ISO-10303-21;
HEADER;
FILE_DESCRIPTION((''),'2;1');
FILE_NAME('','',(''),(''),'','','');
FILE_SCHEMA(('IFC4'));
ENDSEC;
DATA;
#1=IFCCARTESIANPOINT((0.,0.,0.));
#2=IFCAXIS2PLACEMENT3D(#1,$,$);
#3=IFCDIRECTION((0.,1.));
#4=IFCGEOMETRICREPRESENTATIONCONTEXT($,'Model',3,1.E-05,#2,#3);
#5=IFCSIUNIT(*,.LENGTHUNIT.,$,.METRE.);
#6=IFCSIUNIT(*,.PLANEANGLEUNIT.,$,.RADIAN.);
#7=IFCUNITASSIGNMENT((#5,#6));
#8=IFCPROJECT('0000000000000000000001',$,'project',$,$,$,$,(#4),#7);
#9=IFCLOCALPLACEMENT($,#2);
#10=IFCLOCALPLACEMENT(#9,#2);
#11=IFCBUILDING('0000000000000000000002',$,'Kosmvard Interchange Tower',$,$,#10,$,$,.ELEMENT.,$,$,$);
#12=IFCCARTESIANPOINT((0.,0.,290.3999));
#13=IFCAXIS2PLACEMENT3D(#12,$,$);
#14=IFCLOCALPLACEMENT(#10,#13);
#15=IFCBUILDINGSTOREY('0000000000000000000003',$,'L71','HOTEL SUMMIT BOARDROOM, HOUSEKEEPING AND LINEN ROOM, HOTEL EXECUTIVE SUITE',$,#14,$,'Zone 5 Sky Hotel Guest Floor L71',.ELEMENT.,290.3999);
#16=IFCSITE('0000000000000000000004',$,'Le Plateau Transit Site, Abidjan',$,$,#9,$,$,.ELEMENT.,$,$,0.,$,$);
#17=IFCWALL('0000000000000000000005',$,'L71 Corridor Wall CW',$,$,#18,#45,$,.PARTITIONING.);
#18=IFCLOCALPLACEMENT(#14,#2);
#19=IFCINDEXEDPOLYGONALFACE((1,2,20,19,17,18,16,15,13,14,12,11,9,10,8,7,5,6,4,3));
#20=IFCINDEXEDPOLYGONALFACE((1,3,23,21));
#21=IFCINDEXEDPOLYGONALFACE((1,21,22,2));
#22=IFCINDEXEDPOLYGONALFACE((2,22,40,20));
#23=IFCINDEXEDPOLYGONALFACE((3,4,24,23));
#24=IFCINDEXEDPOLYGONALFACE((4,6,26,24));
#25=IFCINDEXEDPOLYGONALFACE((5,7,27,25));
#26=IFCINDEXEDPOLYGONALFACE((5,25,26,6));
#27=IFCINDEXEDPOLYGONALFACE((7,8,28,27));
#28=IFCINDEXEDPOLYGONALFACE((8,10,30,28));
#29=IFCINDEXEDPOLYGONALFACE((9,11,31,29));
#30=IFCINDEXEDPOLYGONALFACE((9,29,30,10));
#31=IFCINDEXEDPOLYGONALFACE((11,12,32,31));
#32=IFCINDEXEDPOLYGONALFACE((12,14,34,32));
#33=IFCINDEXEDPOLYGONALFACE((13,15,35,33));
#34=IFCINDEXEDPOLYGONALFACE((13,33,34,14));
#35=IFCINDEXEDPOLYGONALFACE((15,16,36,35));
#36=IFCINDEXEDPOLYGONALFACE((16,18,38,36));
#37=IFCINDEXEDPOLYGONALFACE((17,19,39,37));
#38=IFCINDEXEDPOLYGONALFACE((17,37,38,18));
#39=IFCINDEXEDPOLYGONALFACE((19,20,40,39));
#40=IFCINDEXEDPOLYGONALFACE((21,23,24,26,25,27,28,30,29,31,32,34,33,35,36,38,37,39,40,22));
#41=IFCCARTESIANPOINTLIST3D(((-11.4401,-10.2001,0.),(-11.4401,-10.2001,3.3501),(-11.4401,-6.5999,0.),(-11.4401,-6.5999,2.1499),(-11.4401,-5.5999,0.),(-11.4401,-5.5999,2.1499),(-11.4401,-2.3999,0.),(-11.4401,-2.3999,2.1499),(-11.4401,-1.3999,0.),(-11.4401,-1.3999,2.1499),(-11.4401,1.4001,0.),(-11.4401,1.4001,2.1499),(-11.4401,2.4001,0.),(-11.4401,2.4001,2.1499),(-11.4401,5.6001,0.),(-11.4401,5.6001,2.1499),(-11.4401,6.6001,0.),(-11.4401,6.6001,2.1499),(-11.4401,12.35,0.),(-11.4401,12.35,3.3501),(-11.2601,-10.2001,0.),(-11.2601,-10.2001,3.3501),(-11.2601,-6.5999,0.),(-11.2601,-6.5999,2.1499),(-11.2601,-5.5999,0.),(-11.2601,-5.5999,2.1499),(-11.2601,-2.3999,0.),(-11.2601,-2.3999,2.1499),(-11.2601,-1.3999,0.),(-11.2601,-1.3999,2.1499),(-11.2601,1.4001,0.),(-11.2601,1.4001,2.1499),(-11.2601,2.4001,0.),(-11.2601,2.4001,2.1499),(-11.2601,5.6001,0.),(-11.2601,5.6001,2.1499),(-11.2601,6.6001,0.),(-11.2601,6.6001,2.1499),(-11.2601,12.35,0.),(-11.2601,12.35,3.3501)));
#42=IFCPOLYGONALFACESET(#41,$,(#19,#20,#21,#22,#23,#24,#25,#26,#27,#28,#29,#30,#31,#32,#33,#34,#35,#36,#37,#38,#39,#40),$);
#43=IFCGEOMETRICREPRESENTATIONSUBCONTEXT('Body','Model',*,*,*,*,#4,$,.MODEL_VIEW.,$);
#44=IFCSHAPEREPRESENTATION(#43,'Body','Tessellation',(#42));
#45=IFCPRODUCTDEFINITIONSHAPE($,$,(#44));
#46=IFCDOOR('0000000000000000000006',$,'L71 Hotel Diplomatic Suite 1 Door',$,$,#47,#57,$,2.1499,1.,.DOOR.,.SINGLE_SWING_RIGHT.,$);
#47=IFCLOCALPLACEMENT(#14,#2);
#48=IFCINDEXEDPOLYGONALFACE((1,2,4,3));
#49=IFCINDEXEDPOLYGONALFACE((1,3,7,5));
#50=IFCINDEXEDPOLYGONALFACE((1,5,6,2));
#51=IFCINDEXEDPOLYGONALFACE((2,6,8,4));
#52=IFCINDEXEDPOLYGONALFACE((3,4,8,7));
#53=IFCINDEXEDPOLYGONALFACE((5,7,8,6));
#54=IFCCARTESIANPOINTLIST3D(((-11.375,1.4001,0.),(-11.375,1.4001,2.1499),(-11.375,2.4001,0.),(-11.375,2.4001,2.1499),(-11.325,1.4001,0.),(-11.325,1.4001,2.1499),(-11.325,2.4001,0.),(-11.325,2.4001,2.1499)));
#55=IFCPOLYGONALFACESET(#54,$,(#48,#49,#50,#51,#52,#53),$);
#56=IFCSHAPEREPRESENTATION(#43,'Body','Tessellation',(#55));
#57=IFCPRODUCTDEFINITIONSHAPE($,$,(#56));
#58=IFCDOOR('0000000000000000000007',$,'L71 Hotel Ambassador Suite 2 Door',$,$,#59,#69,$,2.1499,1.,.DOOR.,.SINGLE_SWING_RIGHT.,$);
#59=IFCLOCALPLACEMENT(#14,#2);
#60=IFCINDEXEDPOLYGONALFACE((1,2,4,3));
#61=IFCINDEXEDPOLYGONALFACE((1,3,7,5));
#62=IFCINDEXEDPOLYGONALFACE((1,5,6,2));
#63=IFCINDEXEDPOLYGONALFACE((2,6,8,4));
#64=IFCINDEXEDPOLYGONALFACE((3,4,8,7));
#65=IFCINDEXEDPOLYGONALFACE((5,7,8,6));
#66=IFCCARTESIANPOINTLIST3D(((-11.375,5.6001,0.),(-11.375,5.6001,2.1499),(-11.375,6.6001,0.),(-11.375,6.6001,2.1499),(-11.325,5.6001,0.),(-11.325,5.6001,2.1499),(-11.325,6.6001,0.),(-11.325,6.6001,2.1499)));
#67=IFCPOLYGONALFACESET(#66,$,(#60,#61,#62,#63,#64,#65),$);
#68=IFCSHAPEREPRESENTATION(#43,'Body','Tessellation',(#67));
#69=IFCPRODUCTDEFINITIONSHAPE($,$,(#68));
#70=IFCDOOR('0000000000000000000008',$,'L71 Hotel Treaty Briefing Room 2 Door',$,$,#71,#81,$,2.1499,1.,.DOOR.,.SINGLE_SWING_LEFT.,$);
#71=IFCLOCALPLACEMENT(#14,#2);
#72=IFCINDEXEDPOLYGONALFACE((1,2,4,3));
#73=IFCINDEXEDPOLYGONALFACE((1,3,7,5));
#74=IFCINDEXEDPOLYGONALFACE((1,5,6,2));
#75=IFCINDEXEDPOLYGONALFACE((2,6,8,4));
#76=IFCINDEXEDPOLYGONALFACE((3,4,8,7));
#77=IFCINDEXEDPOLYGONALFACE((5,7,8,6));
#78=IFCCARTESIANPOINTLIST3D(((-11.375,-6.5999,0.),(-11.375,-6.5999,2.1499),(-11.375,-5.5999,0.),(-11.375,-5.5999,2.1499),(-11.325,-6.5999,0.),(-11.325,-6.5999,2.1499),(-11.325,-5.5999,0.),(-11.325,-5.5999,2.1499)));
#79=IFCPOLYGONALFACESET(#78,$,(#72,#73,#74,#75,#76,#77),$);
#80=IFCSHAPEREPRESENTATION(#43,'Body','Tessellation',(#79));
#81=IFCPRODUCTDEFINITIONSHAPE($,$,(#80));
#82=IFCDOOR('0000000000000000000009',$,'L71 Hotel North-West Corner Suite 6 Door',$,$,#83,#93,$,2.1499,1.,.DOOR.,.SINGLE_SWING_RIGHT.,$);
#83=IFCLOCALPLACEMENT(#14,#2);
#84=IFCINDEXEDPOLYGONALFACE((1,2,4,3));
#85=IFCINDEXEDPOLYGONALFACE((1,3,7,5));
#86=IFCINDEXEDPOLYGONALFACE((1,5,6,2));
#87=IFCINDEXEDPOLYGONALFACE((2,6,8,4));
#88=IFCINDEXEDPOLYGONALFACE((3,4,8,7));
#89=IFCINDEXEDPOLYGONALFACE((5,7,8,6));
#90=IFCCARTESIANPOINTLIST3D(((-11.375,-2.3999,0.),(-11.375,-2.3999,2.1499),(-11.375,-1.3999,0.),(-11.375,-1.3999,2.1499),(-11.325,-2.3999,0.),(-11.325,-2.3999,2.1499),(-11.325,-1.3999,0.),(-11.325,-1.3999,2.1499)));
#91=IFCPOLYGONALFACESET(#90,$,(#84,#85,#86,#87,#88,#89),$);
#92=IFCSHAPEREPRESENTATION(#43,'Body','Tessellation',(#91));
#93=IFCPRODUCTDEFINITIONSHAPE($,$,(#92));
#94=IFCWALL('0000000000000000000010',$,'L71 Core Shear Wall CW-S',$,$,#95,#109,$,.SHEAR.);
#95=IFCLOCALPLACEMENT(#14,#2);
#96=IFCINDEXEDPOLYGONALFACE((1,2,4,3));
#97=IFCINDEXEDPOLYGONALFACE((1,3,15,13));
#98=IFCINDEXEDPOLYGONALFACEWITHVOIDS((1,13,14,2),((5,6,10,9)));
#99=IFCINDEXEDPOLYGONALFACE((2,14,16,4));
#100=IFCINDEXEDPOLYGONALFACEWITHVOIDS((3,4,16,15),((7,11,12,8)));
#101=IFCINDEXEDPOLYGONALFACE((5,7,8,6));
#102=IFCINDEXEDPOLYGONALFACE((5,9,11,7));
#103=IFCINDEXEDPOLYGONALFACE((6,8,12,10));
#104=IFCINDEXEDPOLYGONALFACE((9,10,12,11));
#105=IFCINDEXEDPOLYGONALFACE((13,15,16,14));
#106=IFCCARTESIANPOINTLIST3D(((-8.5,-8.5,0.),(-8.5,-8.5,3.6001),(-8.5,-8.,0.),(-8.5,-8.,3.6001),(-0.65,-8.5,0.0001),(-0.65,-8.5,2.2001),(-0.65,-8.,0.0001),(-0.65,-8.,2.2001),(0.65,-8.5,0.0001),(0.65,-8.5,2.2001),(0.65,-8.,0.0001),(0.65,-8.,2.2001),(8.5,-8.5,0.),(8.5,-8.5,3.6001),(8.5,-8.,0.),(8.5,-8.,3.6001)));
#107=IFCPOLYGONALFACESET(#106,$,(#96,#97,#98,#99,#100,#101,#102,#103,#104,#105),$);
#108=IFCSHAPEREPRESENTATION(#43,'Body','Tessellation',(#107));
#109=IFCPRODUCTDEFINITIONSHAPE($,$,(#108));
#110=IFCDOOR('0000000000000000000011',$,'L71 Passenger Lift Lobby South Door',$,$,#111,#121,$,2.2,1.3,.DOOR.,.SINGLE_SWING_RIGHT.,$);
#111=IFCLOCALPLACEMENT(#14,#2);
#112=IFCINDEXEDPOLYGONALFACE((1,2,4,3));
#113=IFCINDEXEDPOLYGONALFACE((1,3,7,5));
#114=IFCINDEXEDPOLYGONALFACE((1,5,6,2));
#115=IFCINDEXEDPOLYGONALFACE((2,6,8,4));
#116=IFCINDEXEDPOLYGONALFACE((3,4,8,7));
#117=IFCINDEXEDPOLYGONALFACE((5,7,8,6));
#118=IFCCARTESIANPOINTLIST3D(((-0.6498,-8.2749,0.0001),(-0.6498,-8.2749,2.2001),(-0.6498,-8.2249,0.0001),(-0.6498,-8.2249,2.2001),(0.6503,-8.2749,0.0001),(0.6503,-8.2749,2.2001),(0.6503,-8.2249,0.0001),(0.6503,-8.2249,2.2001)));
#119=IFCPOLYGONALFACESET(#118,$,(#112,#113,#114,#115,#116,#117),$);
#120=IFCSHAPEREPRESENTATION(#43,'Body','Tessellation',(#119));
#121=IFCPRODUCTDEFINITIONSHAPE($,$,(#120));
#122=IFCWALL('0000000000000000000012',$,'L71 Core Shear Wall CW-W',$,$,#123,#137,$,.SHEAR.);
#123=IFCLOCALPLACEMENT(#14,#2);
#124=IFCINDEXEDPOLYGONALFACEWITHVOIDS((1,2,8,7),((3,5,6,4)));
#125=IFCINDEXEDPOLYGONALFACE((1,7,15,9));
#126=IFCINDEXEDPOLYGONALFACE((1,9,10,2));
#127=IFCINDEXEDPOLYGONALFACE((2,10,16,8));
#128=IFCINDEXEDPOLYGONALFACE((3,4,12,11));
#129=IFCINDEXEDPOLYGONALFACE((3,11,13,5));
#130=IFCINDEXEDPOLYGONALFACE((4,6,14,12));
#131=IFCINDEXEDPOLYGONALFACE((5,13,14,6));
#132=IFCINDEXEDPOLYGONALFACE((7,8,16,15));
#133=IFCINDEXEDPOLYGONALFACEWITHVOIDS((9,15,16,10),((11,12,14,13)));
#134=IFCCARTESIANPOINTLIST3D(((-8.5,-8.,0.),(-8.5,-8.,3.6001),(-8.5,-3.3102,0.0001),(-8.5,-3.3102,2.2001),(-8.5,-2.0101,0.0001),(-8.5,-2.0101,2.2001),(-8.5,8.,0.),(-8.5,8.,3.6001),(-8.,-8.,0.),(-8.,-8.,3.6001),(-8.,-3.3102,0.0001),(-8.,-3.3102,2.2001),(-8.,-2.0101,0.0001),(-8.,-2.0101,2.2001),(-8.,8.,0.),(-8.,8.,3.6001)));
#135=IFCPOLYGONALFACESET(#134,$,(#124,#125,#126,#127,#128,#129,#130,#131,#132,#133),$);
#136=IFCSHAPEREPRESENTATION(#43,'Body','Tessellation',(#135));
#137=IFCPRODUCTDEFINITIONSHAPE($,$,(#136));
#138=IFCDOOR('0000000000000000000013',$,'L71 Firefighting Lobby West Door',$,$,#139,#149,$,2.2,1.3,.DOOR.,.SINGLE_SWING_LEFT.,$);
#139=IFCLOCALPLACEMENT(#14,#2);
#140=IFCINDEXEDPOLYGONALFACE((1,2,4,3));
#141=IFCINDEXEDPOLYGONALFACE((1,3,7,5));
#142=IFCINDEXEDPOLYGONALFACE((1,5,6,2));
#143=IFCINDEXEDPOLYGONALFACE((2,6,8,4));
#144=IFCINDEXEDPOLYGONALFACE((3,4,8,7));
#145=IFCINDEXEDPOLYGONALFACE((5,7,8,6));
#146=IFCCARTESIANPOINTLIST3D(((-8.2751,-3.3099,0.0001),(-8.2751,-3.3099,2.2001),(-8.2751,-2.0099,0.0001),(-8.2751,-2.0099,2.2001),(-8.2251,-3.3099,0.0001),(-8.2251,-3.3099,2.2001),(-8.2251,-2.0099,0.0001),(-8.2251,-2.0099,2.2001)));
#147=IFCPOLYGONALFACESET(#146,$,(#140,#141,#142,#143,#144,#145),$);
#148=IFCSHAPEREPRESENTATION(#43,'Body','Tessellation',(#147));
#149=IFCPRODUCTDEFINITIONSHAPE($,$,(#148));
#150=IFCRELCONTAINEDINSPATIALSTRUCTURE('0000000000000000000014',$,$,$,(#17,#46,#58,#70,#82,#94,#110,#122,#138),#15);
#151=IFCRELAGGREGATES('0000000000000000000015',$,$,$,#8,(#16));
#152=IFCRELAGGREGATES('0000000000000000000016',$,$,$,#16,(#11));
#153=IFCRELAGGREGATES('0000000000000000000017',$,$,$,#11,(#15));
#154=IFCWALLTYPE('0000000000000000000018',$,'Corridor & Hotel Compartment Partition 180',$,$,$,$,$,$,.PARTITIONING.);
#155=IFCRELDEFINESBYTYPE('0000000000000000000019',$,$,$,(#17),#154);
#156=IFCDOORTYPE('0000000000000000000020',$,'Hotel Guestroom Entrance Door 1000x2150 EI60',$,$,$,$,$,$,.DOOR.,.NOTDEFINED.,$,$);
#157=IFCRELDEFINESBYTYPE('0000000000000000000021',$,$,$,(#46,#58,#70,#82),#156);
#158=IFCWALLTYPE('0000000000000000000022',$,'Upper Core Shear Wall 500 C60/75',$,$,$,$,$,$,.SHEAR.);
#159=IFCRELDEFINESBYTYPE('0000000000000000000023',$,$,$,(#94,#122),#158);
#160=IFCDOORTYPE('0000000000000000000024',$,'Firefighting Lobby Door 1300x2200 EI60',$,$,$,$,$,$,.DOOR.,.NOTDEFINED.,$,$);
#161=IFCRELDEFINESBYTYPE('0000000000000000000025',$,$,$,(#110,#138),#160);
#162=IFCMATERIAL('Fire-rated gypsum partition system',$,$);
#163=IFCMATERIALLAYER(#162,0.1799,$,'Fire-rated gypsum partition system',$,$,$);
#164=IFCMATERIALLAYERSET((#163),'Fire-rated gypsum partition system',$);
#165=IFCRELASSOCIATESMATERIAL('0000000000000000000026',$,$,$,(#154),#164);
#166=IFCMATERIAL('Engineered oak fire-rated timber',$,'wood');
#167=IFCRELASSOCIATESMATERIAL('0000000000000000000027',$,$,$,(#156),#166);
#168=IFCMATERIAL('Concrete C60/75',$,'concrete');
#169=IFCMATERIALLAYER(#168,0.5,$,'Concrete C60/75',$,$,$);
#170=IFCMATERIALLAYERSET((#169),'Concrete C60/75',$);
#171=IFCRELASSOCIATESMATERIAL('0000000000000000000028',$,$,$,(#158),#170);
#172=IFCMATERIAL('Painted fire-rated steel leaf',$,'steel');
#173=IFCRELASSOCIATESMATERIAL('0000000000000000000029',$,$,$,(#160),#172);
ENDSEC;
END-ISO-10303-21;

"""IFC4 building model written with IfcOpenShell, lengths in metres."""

from ifc_helpers import new_model, si_unit, direction, frame, frame_2d, origin, place, context, subcontext, project, spatial, rectangle, extrude, source, transform, mapped, material, layer, layer_set, type_object, element, fill, save


model = new_model("IFC4")

# Units and contexts
model_context = context("Model", 3, precision=1e-05, world=origin(), true_north=direction((0.0, 1.0)))
body_context = subcontext(model_context, "Body", "Model", "MODEL_VIEW")
ifc_project = project(units=[si_unit("LENGTHUNIT", "METRE"), si_unit("PLANEANGLEUNIT", "RADIAN")], contexts=[model_context])

# Site, building, storey
site_placement = place(None, origin())
site = spatial("IfcSite", under=ifc_project, at=site_placement, Name="Le Plateau Transit Site, Abidjan", CompositionType="ELEMENT", RefElevation=0.0)
building_placement = place(site_placement, origin())
building = spatial("IfcBuilding", under=site, at=building_placement, Name="Kosmvard Interchange Tower", CompositionType="ELEMENT")
storey_placement = place(building_placement, frame((0.0, 0.0, 290.3999)))
storey = spatial("IfcBuildingStorey", under=building, at=storey_placement, Name="L71", Description="HOTEL SUMMIT BOARDROOM, HOUSEKEEPING AND LINEN ROOM, HOTEL EXECUTIVE SUITE", LongName="Zone 5 Sky Hotel Guest Floor L71", CompositionType="ELEMENT", Elevation=290.3999)

# Wall, openings, doors
ifc_material_1 = material(Name="Fire-rated gypsum partition system")
ifc_layer_1 = layer(ifc_material_1, 0.1799, Name="Fire-rated gypsum partition system")
ifc_layer_set_1 = layer_set([ifc_layer_1], Name="Fire-rated gypsum partition system")
wall_type_1 = type_object("IfcWallType", Name="Corridor & Hotel Compartment Partition 180", PredefinedType="PARTITIONING", material=ifc_layer_set_1)
ifc_material_2 = material(Name="Engineered oak fire-rated timber", Category="wood")
door_type_1 = type_object("IfcDoorType", Name="Hotel Guestroom Entrance Door 1000x2150 EI60", OperationType="NOTDEFINED", PredefinedType="DOOR", material=ifc_material_2)
shared_shape_1 = source(origin(), body_context, "Body", "SweptSolid", [
    extrude(rectangle(XDim=1.0, YDim=2.1499, at=frame_2d((0.5, 1.075))), frame((0.0, 0.0249, 0.0), z_axis=(0.0, -1.0, 0.0), x_axis=(1.0, 0.0, 0.0)), (0.0, 0.0, 1.0), 0.05),
])
wall_1_placement = place(storey_placement, frame((-11.3501, -10.2, 0.0), z_axis=(0.0, 0.0, 1.0), x_axis=(0.0, 1.0, 0.0)))
wall_1 = element("IfcWall", 1, at=wall_1_placement, inside=storey, type_object=wall_type_1, Name="L71 Corridor Wall CW", PredefinedType="PARTITIONING", context=body_context, shape_type="SweptSolid", body=[
    extrude(rectangle(XDim=22.55, YDim=0.1799, at=frame_2d((11.2749, 0.0))), origin(), (0.0, 0.0, 1.0), 3.3501),
])
opening_1_placement = place(wall_1_placement, frame((11.6001, 0.0, 0.0)))
opening_1 = element("IfcOpeningElement", 2, at=opening_1_placement, cuts=wall_1, PredefinedType="OPENING", context=body_context, shape_type="SweptSolid", body=[
    extrude(rectangle(XDim=1.0, YDim=2.1499, at=frame_2d((0.5, 1.075))), frame((0.0, 0.1001, 0.0), z_axis=(0.0, -1.0, 0.0), x_axis=(1.0, 0.0, 0.0)), (0.0, 0.0, 1.0), 0.2),
])
opening_2_placement = place(wall_1_placement, frame((15.8, 0.0, 0.0)))
opening_2 = element("IfcOpeningElement", 3, at=opening_2_placement, cuts=wall_1, PredefinedType="OPENING", context=body_context, shape_type="SweptSolid", body=[
    extrude(rectangle(XDim=1.0, YDim=2.1499, at=frame_2d((0.5, 1.075))), frame((0.0, 0.1001, 0.0), z_axis=(0.0, -1.0, 0.0), x_axis=(1.0, 0.0, 0.0)), (0.0, 0.0, 1.0), 0.2),
])
opening_3_placement = place(wall_1_placement, frame((3.6001, 0.0, 0.0)))
opening_3 = element("IfcOpeningElement", 4, at=opening_3_placement, cuts=wall_1, PredefinedType="OPENING", context=body_context, shape_type="SweptSolid", body=[
    extrude(rectangle(XDim=1.0, YDim=2.1499, at=frame_2d((0.5, 1.075))), frame((0.0, 0.1001, 0.0), z_axis=(0.0, -1.0, 0.0), x_axis=(1.0, 0.0, 0.0)), (0.0, 0.0, 1.0), 0.2),
])
opening_4_placement = place(wall_1_placement, frame((7.8, 0.0, 0.0)))
opening_4 = element("IfcOpeningElement", 5, at=opening_4_placement, cuts=wall_1, PredefinedType="OPENING", context=body_context, shape_type="SweptSolid", body=[
    extrude(rectangle(XDim=1.0, YDim=2.1499, at=frame_2d((0.5, 1.075))), frame((0.0, 0.1001, 0.0), z_axis=(0.0, -1.0, 0.0), x_axis=(1.0, 0.0, 0.0)), (0.0, 0.0, 1.0), 0.2),
])
door_1_placement = place(opening_1_placement, origin())
door_1 = element("IfcDoor", 6, at=door_1_placement, inside=storey, type_object=door_type_1, Name="L71 Hotel Diplomatic Suite 1 Door", OperationType="SINGLE_SWING_RIGHT", OverallHeight=2.1499, OverallWidth=1.0, PredefinedType="DOOR", context=body_context, shape_type="MappedRepresentation", body=[
    mapped(shared_shape_1, transform((0.0, 0.0, 0.0), scale=1.0)),
])
fill(opening_1, door_1)
door_2_placement = place(opening_2_placement, origin())
door_2 = element("IfcDoor", 7, at=door_2_placement, inside=storey, type_object=door_type_1, Name="L71 Hotel Ambassador Suite 2 Door", OperationType="SINGLE_SWING_RIGHT", OverallHeight=2.1499, OverallWidth=1.0, PredefinedType="DOOR", context=body_context, shape_type="MappedRepresentation", body=[
    mapped(shared_shape_1, transform((0.0, 0.0, 0.0), scale=1.0)),
])
fill(opening_2, door_2)
door_3_placement = place(opening_3_placement, origin())
door_3 = element("IfcDoor", 8, at=door_3_placement, inside=storey, type_object=door_type_1, Name="L71 Hotel Treaty Briefing Room 2 Door", OperationType="SINGLE_SWING_LEFT", OverallHeight=2.1499, OverallWidth=1.0, PredefinedType="DOOR", context=body_context, shape_type="MappedRepresentation", body=[
    mapped(shared_shape_1, transform((0.0, 0.0, 0.0), scale=1.0)),
])
fill(opening_3, door_3)
door_4_placement = place(opening_4_placement, origin())
door_4 = element("IfcDoor", 9, at=door_4_placement, inside=storey, type_object=door_type_1, Name="L71 Hotel North-West Corner Suite 6 Door", OperationType="SINGLE_SWING_RIGHT", OverallHeight=2.1499, OverallWidth=1.0, PredefinedType="DOOR", context=body_context, shape_type="MappedRepresentation", body=[
    mapped(shared_shape_1, transform((0.0, 0.0, 0.0), scale=1.0)),
])
fill(opening_4, door_4)

# Walls, openings, doors
ifc_material_3 = material(Name="Concrete C60/75", Category="concrete")
ifc_layer_2 = layer(ifc_material_3, 0.5, Name="Concrete C60/75")
ifc_layer_set_2 = layer_set([ifc_layer_2], Name="Concrete C60/75")
wall_type_2 = type_object("IfcWallType", Name="Upper Core Shear Wall 500 C60/75", PredefinedType="SHEAR", material=ifc_layer_set_2)
wall_2_placement = place(storey_placement, frame((-8.5, -8.25, 0.0), z_axis=(0.0, 0.0, 1.0), x_axis=(1.0, 0.0, 0.0)))
wall_2 = element("IfcWall", 10, at=wall_2_placement, inside=storey, type_object=wall_type_2, Name="L71 Core Shear Wall CW-S", PredefinedType="SHEAR", context=body_context, shape_type="SweptSolid", body=[
    extrude(rectangle(XDim=17.0, YDim=0.5, at=frame_2d((8.5, 0.0))), origin(), (0.0, 0.0, 1.0), 3.6001),
])
opening_5_placement = place(wall_2_placement, frame((7.8501, 0.0, 0.0)))
opening_5 = element("IfcOpeningElement", 11, at=opening_5_placement, cuts=wall_2, PredefinedType="OPENING", context=body_context, shape_type="SweptSolid", body=[
    extrude(rectangle(XDim=1.3, YDim=2.2, at=frame_2d((0.6499, 1.1001))), frame((0.0, 0.26, 0.0), z_axis=(0.0, -1.0, 0.0), x_axis=(1.0, 0.0, 0.0)), (0.0, 0.0, 1.0), 0.52),
])
ifc_material_4 = material(Name="Painted fire-rated steel leaf", Category="steel")
door_type_2 = type_object("IfcDoorType", Name="Firefighting Lobby Door 1300x2200 EI60", OperationType="NOTDEFINED", PredefinedType="DOOR", material=ifc_material_4)
shared_shape_2 = source(origin(), body_context, "Body", "SweptSolid", [
    extrude(rectangle(XDim=1.3, YDim=2.2, at=frame_2d((0.6499, 1.1001))), frame((0.0, 0.0249, 0.0), z_axis=(0.0, -1.0, 0.0), x_axis=(1.0, 0.0, 0.0)), (0.0, 0.0, 1.0), 0.05),
])
door_5_placement = place(opening_5_placement, frame((1.3, 0.0, 0.0), z_axis=(0.0, 0.0, 1.0), x_axis=(-1.0, 0.0, 0.0)))
door_5 = element("IfcDoor", 12, at=door_5_placement, inside=storey, type_object=door_type_2, Name="L71 Passenger Lift Lobby South Door", OperationType="SINGLE_SWING_RIGHT", OverallHeight=2.2, OverallWidth=1.3, PredefinedType="DOOR", context=body_context, shape_type="MappedRepresentation", body=[
    mapped(shared_shape_2, transform((0.0, 0.0, 0.0), scale=1.0)),
])
fill(opening_5, door_5)
wall_3_placement = place(storey_placement, frame((-8.25, -8.0, 0.0), z_axis=(0.0, 0.0, 1.0), x_axis=(0.0, 1.0, 0.0)))
wall_3 = element("IfcWall", 13, at=wall_3_placement, inside=storey, type_object=wall_type_2, Name="L71 Core Shear Wall CW-W", PredefinedType="SHEAR", context=body_context, shape_type="SweptSolid", body=[
    extrude(rectangle(XDim=16.0, YDim=0.5, at=frame_2d((8.0, 0.0))), origin(), (0.0, 0.0, 1.0), 3.6001),
])
opening_6_placement = place(wall_3_placement, frame((4.6899, 0.0, 0.0)))
opening_6 = element("IfcOpeningElement", 14, at=opening_6_placement, cuts=wall_3, PredefinedType="OPENING", context=body_context, shape_type="SweptSolid", body=[
    extrude(rectangle(XDim=1.3, YDim=2.2, at=frame_2d((0.6499, 1.1001))), frame((0.0, 0.26, 0.0), z_axis=(0.0, -1.0, 0.0), x_axis=(1.0, 0.0, 0.0)), (0.0, 0.0, 1.0), 0.52),
])
door_6_placement = place(opening_6_placement, frame((1.3, 0.0, 0.0), z_axis=(0.0, 0.0, 1.0), x_axis=(-1.0, 0.0, 0.0)))
door_6 = element("IfcDoor", 15, at=door_6_placement, inside=storey, type_object=door_type_2, Name="L71 Firefighting Lobby West Door", OperationType="SINGLE_SWING_LEFT", OverallHeight=2.2, OverallWidth=1.3, PredefinedType="DOOR", context=body_context, shape_type="MappedRepresentation", body=[
    mapped(shared_shape_2, transform((0.0, 0.0, 0.0), scale=1.0)),
])
fill(opening_6, door_6)

save(model, "model.ifc")
